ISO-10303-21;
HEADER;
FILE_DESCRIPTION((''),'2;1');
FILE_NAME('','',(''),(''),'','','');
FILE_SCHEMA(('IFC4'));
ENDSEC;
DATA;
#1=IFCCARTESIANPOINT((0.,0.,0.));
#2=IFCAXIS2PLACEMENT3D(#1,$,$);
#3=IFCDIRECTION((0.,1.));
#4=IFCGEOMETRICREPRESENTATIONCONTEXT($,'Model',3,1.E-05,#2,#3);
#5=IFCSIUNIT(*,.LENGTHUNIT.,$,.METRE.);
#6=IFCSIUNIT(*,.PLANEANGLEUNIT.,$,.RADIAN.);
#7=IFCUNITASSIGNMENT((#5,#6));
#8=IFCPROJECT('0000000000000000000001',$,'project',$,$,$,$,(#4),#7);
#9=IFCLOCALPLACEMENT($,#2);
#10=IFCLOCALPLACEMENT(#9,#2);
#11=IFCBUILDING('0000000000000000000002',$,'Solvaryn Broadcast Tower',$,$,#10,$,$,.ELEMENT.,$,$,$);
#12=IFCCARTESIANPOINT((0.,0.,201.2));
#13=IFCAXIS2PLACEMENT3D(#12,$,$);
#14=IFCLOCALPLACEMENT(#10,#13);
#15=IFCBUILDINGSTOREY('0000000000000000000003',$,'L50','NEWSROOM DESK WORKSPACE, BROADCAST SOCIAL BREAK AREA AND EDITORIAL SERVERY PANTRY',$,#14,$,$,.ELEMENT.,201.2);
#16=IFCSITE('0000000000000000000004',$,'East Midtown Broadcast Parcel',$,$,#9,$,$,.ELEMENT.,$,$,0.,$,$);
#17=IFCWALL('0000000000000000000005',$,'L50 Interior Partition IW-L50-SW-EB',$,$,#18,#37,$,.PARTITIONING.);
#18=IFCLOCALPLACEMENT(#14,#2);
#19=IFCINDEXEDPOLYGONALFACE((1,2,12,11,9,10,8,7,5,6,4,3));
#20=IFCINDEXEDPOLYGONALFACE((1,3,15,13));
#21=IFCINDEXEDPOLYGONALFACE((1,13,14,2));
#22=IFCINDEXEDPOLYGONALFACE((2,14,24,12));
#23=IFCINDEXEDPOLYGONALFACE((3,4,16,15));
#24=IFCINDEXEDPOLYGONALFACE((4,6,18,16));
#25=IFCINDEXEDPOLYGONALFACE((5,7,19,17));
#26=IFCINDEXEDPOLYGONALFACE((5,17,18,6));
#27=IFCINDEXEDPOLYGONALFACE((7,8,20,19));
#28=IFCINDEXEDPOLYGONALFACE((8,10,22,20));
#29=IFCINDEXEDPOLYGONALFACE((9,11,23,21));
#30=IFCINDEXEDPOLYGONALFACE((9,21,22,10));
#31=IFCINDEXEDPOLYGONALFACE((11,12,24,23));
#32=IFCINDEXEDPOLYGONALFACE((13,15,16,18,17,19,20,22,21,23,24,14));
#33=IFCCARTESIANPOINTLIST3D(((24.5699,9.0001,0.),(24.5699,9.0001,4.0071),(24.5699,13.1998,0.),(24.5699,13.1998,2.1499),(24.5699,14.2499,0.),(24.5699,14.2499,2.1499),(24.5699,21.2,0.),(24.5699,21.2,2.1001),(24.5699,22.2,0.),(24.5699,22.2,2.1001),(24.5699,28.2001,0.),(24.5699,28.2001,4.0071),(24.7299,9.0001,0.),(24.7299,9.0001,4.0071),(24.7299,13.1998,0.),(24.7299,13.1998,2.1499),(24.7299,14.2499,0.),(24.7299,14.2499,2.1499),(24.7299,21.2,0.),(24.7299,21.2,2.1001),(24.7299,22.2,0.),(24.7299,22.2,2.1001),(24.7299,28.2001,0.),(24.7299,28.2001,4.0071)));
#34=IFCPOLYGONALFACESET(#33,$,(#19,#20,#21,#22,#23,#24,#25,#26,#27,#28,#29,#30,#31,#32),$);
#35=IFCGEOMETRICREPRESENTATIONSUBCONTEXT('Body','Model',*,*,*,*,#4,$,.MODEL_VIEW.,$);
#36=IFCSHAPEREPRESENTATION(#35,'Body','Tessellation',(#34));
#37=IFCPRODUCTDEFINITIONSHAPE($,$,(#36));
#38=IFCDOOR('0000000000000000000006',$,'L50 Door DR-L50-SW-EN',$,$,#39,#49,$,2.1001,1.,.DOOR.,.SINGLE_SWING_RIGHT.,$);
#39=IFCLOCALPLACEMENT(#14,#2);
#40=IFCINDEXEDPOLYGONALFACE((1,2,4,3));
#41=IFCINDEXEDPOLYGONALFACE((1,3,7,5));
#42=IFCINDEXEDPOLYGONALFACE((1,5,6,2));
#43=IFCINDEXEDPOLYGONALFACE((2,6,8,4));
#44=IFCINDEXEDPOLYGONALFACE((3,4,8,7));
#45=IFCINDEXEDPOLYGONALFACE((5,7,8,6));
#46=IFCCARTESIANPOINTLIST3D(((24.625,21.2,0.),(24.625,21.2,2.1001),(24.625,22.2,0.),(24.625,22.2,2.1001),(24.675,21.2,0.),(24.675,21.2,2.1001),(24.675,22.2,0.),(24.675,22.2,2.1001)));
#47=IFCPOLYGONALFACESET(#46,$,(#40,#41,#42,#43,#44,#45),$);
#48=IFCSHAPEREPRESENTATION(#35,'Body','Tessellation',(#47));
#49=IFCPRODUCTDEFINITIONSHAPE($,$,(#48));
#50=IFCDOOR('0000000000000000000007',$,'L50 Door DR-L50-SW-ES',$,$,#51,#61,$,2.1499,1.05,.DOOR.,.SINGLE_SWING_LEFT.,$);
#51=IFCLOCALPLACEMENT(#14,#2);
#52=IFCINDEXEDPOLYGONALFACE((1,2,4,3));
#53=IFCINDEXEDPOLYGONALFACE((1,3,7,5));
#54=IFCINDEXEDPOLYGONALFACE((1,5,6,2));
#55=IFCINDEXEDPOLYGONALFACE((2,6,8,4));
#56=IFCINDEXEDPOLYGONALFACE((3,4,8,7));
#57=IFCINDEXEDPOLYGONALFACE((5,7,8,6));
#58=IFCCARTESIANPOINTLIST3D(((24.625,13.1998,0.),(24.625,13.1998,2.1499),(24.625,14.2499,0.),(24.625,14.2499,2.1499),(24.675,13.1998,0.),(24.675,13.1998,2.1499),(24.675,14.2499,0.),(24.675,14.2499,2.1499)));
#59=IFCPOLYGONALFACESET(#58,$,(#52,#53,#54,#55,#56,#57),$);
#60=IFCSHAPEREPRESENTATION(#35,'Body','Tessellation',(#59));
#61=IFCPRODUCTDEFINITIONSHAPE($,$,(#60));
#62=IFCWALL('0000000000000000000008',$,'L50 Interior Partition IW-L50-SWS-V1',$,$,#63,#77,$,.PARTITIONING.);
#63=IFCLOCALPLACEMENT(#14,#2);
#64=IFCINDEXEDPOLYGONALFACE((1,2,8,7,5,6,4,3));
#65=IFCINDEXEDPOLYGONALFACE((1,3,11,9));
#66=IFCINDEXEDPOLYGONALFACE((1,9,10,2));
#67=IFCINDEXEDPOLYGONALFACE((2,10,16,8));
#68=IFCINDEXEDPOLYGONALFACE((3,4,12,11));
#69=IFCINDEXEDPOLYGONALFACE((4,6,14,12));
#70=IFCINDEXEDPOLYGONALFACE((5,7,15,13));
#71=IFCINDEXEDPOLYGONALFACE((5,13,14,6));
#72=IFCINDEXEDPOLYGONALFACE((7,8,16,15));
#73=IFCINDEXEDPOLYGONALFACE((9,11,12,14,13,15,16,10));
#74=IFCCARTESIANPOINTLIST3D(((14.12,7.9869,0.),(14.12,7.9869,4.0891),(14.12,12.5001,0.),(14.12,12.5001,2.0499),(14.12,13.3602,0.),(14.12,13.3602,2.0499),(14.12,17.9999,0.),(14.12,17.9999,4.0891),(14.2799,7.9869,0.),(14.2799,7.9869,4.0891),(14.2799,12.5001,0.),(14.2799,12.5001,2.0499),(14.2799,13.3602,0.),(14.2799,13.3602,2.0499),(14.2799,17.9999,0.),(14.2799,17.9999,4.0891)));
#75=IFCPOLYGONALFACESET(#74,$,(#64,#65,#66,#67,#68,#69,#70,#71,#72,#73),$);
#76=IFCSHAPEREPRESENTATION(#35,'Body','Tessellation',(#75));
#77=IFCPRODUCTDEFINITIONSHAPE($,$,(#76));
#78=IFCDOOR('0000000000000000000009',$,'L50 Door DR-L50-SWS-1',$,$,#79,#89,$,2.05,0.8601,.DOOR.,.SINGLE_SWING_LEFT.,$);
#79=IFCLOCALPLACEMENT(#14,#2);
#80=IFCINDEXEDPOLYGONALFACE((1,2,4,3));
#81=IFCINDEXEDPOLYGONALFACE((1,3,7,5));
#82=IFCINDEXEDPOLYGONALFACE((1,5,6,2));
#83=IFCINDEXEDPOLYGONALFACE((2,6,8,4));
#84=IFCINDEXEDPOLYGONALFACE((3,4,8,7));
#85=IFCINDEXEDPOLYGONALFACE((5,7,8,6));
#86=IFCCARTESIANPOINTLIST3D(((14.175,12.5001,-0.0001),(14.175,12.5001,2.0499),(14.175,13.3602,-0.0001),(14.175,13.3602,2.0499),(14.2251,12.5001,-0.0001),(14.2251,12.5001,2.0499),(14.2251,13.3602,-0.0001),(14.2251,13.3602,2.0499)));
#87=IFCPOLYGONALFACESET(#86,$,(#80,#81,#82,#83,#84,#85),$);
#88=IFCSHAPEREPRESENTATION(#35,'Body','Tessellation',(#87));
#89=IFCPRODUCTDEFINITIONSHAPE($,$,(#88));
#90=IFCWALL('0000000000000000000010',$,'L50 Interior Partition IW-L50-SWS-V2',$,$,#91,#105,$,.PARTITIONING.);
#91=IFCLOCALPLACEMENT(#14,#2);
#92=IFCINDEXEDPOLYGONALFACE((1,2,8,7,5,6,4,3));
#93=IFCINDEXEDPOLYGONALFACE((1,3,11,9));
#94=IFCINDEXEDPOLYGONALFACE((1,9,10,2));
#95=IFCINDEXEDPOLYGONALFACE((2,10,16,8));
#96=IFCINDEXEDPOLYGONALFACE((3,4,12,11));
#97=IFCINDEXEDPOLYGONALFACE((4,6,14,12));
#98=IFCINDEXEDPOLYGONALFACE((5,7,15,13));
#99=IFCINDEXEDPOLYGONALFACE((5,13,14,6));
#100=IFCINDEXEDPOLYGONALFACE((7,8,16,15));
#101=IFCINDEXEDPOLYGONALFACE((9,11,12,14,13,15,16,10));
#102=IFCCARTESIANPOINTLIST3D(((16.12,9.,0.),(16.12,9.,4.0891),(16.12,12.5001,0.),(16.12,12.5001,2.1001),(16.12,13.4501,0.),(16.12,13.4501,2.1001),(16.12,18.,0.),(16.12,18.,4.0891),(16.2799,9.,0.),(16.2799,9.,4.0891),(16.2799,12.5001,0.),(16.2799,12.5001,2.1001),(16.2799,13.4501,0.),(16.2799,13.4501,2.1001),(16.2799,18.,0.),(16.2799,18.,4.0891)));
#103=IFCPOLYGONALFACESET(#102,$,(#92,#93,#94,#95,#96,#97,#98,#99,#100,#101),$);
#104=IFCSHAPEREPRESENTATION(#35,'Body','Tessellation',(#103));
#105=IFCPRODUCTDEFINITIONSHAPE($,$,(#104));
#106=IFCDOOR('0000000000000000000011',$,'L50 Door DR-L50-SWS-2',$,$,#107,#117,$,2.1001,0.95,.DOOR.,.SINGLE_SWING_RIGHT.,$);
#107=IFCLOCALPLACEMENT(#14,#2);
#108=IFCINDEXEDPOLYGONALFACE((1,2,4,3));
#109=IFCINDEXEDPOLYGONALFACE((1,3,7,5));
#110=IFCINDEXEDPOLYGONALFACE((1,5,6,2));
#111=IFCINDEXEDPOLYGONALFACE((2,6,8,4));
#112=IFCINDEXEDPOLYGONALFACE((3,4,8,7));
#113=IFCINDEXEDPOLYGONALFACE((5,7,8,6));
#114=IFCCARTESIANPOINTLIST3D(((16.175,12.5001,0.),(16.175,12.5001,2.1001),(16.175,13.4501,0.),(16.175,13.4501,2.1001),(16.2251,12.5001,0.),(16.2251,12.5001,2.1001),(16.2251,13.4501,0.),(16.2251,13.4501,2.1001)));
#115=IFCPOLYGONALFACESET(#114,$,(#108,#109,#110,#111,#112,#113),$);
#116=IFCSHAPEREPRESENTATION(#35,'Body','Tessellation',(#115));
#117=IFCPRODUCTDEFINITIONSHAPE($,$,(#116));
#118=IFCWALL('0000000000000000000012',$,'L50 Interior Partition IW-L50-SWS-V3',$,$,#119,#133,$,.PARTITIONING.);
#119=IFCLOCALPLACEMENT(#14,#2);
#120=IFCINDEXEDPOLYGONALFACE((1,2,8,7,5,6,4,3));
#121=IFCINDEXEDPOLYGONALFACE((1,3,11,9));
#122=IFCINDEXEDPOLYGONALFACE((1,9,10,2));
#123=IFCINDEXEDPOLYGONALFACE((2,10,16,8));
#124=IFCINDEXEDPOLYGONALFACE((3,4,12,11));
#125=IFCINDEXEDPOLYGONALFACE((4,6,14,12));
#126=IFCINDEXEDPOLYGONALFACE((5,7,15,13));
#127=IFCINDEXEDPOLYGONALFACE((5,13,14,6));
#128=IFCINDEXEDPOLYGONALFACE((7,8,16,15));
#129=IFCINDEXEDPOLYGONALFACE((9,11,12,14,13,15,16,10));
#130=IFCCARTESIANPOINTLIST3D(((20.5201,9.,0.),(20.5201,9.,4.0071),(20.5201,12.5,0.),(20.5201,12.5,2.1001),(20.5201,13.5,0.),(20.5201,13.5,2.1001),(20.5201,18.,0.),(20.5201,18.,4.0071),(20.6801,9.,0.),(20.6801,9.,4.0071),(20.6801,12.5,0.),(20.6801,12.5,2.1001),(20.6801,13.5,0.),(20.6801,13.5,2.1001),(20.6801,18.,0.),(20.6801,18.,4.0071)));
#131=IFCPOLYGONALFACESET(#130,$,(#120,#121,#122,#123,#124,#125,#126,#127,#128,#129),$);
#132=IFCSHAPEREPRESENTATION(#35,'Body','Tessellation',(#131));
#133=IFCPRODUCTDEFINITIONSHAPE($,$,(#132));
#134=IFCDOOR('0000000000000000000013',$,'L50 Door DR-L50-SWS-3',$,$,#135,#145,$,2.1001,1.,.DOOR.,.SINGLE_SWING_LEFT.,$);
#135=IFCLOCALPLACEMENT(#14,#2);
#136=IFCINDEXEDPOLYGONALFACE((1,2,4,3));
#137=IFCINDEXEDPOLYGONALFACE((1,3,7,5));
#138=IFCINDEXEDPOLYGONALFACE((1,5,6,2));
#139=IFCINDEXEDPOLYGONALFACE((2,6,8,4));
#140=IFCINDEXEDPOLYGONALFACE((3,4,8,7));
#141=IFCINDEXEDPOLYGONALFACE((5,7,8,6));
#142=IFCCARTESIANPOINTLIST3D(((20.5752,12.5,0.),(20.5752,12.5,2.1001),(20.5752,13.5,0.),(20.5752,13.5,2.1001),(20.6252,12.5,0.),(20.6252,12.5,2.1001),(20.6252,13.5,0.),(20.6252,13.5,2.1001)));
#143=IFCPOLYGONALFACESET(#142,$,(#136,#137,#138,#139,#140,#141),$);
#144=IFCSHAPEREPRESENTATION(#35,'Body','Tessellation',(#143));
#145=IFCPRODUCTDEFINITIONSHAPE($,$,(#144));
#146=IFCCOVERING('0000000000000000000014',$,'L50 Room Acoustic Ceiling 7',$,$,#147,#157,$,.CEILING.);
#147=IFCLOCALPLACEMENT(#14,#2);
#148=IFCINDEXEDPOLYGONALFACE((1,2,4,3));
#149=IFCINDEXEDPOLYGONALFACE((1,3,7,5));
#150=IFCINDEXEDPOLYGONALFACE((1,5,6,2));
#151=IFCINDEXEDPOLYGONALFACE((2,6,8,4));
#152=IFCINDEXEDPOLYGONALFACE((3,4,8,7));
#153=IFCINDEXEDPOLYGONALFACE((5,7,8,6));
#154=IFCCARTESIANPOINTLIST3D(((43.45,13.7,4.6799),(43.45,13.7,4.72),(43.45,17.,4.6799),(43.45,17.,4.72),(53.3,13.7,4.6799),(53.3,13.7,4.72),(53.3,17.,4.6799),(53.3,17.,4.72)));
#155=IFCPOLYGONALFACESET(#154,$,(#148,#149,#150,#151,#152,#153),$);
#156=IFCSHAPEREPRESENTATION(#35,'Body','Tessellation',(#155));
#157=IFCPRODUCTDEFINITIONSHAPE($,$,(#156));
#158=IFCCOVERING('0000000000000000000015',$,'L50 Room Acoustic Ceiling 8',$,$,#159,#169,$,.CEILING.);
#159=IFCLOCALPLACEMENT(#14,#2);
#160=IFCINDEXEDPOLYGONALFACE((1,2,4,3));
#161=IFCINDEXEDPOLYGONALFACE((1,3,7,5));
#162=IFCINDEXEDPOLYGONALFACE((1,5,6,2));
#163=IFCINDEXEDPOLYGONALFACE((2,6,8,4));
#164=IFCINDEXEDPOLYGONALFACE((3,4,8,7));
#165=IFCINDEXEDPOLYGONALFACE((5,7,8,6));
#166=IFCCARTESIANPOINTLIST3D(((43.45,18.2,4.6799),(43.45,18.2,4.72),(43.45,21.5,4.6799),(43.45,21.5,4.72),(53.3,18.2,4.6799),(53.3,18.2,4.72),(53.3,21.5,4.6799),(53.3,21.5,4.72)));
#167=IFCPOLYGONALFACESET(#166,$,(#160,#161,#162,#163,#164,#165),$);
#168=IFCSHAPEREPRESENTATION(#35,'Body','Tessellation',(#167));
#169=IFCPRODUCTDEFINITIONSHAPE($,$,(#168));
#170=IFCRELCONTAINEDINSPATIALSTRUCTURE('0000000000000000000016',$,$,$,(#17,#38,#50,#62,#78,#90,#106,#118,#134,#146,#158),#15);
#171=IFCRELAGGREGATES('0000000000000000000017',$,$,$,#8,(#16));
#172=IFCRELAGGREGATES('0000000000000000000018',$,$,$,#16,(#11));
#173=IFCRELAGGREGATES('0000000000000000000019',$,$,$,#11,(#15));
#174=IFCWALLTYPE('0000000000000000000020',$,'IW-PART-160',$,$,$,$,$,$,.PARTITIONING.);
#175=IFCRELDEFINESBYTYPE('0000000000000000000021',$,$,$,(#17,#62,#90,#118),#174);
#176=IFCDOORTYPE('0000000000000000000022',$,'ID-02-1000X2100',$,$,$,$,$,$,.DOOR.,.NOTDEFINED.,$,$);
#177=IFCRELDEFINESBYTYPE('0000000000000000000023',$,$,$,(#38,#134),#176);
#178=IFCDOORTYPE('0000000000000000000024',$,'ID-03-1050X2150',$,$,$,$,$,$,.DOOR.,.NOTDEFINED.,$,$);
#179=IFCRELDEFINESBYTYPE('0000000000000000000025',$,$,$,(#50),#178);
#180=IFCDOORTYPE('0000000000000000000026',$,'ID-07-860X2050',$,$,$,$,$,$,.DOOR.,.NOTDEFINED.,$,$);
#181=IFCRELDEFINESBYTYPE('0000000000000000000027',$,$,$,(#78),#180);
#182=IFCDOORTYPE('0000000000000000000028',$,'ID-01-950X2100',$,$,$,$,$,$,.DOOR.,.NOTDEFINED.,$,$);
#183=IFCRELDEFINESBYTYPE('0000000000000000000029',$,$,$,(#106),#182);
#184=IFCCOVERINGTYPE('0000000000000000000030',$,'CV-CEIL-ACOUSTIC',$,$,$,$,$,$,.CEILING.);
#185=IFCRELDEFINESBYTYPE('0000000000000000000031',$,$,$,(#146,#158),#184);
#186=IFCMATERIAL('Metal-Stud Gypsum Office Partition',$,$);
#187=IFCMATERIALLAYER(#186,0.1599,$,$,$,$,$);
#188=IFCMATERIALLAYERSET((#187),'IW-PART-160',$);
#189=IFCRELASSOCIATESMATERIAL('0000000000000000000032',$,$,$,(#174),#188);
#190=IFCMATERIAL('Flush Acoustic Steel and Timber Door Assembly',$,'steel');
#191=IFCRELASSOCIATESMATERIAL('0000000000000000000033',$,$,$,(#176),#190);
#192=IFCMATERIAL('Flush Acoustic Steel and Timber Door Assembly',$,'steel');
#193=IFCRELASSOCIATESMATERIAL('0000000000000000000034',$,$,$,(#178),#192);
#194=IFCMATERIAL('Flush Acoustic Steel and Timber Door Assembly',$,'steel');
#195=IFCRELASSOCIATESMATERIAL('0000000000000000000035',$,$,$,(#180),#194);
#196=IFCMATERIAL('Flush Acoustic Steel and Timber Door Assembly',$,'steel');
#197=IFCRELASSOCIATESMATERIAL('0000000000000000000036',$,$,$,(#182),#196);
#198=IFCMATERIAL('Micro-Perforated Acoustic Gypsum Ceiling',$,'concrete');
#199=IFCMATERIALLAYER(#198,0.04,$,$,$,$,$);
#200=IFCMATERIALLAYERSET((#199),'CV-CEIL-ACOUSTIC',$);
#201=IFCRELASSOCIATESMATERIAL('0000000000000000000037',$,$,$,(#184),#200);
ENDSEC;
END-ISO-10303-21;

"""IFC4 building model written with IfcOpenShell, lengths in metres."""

from ifc_helpers import new_model, si_unit, direction, frame, frame_2d, origin, place, context, subcontext, project, spatial, polyline, rectangle, outline, extrude, material, layer, layer_set, type_object, element, fill, save


model = new_model("IFC4")

# Units and contexts
model_context = context("Model", 3, precision=1e-05, world=origin(), true_north=direction((0.0, 1.0)))
body_context = subcontext(model_context, "Body", "Model", "MODEL_VIEW")
ifc_project = project(units=[si_unit("LENGTHUNIT", "METRE"), si_unit("PLANEANGLEUNIT", "RADIAN")], contexts=[model_context])

# Site, building, storey
site_placement = place(None, origin())
site = spatial("IfcSite", under=ifc_project, at=site_placement, Name="East Midtown Broadcast Parcel", CompositionType="ELEMENT", RefElevation=0.0)
building_placement = place(site_placement, origin())
building = spatial("IfcBuilding", under=site, at=building_placement, Name="Solvaryn Broadcast Tower", CompositionType="ELEMENT")
storey_placement = place(building_placement, frame((0.0, 0.0, 201.2)))
storey = spatial("IfcBuildingStorey", under=building, at=storey_placement, Name="L50", Description="NEWSROOM DESK WORKSPACE, BROADCAST SOCIAL BREAK AREA AND EDITORIAL SERVERY PANTRY", CompositionType="ELEMENT", Elevation=201.2)

# Wall, openings, doors
ifc_material_1 = material(Name="Metal-Stud Gypsum Office Partition")
ifc_layer_1 = layer(ifc_material_1, 0.1599)
ifc_layer_set_1 = layer_set([ifc_layer_1], Name="IW-PART-160")
wall_type = type_object("IfcWallType", Name="IW-PART-160", PredefinedType="PARTITIONING", material=ifc_layer_set_1)
wall_1_placement = place(storey_placement, frame((24.6499, 9.0, 0.0), z_axis=(0.0, 0.0, 1.0), x_axis=(0.0, 1.0, 0.0)))
wall_1 = element("IfcWall", 1, at=wall_1_placement, inside=storey, type_object=wall_type, Name="L50 Interior Partition IW-L50-SW-EB", PredefinedType="PARTITIONING", context=body_context, shape_type="SweptSolid", body=[
    extrude(rectangle(XDim=19.2, YDim=0.1599, at=frame_2d((9.6001, 0.0))), origin(), (0.0, 0.0, 1.0), 4.0071),
])
opening_1_placement = place(wall_1_placement, frame((12.2, 0.0, 0.0)))
opening_1 = element("IfcOpeningElement", 2, at=opening_1_placement, cuts=wall_1, PredefinedType="OPENING", context=body_context, shape_type="SweptSolid", body=[
    extrude(rectangle(XDim=1.0, YDim=2.1001, at=frame_2d((0.5, 1.05))), frame((0.0, 0.0901, 0.0), z_axis=(0.0, -1.0, 0.0), x_axis=(1.0, 0.0, 0.0)), (0.0, 0.0, 1.0), 0.1799),
])
opening_2_placement = place(wall_1_placement, frame((4.2, 0.0, 0.0)))
opening_2 = element("IfcOpeningElement", 3, at=opening_2_placement, cuts=wall_1, PredefinedType="OPENING", context=body_context, shape_type="SweptSolid", body=[
    extrude(rectangle(XDim=1.05, YDim=2.1499, at=frame_2d((0.5249, 1.075))), frame((0.0, 0.0901, 0.0), z_axis=(0.0, -1.0, 0.0), x_axis=(1.0, 0.0, 0.0)), (0.0, 0.0, 1.0), 0.1799),
])
ifc_material_2 = material(Name="Flush Acoustic Steel and Timber Door Assembly", Category="steel")
door_type_1 = type_object("IfcDoorType", Name="ID-02-1000X2100", OperationType="NOTDEFINED", PredefinedType="DOOR", material=ifc_material_2)
door_1_placement = place(opening_1_placement, origin())
door_1 = element("IfcDoor", 4, at=door_1_placement, inside=storey, type_object=door_type_1, Name="L50 Door DR-L50-SW-EN", OperationType="SINGLE_SWING_RIGHT", OverallHeight=2.1001, OverallWidth=1.0, PredefinedType="DOOR", context=body_context, shape_type="SweptSolid", body=[
    extrude(rectangle(XDim=1.0, YDim=2.1001, at=frame_2d((0.5, 1.05))), frame((0.0, 0.0249, 0.0), z_axis=(0.0, -1.0, 0.0), x_axis=(1.0, 0.0, 0.0)), (0.0, 0.0, 1.0), 0.05),
])
fill(opening_1, door_1)
ifc_material_3 = material(Name="Flush Acoustic Steel and Timber Door Assembly", Category="steel")
door_type_2 = type_object("IfcDoorType", Name="ID-03-1050X2150", OperationType="NOTDEFINED", PredefinedType="DOOR", material=ifc_material_3)
door_2_placement = place(opening_2_placement, origin())
door_2 = element("IfcDoor", 5, at=door_2_placement, inside=storey, type_object=door_type_2, Name="L50 Door DR-L50-SW-ES", OperationType="SINGLE_SWING_LEFT", OverallHeight=2.1499, OverallWidth=1.05, PredefinedType="DOOR", context=body_context, shape_type="SweptSolid", body=[
    extrude(rectangle(XDim=1.05, YDim=2.1499, at=frame_2d((0.5249, 1.075))), frame((0.0, 0.0249, 0.0), z_axis=(0.0, -1.0, 0.0), x_axis=(1.0, 0.0, 0.0)), (0.0, 0.0, 1.0), 0.05),
])
fill(opening_2, door_2)

# Walls, openings, doors
wall_2_placement = place(storey_placement, frame((14.2, 7.9871, 0.0), z_axis=(0.0, 0.0, 1.0), x_axis=(0.0, 1.0, 0.0)))
wall_2 = element("IfcWall", 6, at=wall_2_placement, inside=storey, type_object=wall_type, Name="L50 Interior Partition IW-L50-SWS-V1", PredefinedType="PARTITIONING", context=body_context, shape_type="SweptSolid", body=[
    extrude(rectangle(XDim=10.0129, YDim=0.1599, at=frame_2d((5.0063, 0.0))), origin(), (0.0, 0.0, 1.0), 4.0891),
])
opening_3_placement = place(wall_2_placement, frame((4.5129, 0.0, 0.0)))
opening_3 = element("IfcOpeningElement", 7, at=opening_3_placement, cuts=wall_2, PredefinedType="OPENING", context=body_context, shape_type="SweptSolid", body=[
    extrude(rectangle(XDim=0.8601, YDim=2.05, at=frame_2d((0.4302, 1.0249))), frame((0.0, 0.0901, 0.0), z_axis=(0.0, -1.0, 0.0), x_axis=(1.0, 0.0, 0.0)), (0.0, 0.0, 1.0), 0.1799),
])
ifc_material_4 = material(Name="Flush Acoustic Steel and Timber Door Assembly", Category="steel")
door_type_3 = type_object("IfcDoorType", Name="ID-07-860X2050", OperationType="NOTDEFINED", PredefinedType="DOOR", material=ifc_material_4)
door_3_placement = place(opening_3_placement, origin())
door_3 = element("IfcDoor", 8, at=door_3_placement, inside=storey, type_object=door_type_3, Name="L50 Door DR-L50-SWS-1", OperationType="SINGLE_SWING_LEFT", OverallHeight=2.05, OverallWidth=0.8601, PredefinedType="DOOR", context=body_context, shape_type="SweptSolid", body=[
    extrude(rectangle(XDim=0.8601, YDim=2.05, at=frame_2d((0.4302, 1.0249))), frame((0.0, 0.0249, 0.0), z_axis=(0.0, -1.0, 0.0), x_axis=(1.0, 0.0, 0.0)), (0.0, 0.0, 1.0), 0.05),
])
fill(opening_3, door_3)
wall_3_placement = place(storey_placement, frame((16.2, 9.0, 0.0), z_axis=(0.0, 0.0, 1.0), x_axis=(0.0, 1.0, 0.0)))
wall_3 = element("IfcWall", 9, at=wall_3_placement, inside=storey, type_object=wall_type, Name="L50 Interior Partition IW-L50-SWS-V2", PredefinedType="PARTITIONING", context=body_context, shape_type="SweptSolid", body=[
    extrude(rectangle(XDim=9.0, YDim=0.1599, at=frame_2d((4.5, 0.0))), origin(), (0.0, 0.0, 1.0), 4.0891),
])
opening_4_placement = place(wall_3_placement, frame((3.5, 0.0, 0.0)))
opening_4 = element("IfcOpeningElement", 10, at=opening_4_placement, cuts=wall_3, PredefinedType="OPENING", context=body_context, shape_type="SweptSolid", body=[
    extrude(rectangle(XDim=0.95, YDim=2.1001, at=frame_2d((0.4751, 1.05))), frame((0.0, 0.0901, 0.0), z_axis=(0.0, -1.0, 0.0), x_axis=(1.0, 0.0, 0.0)), (0.0, 0.0, 1.0), 0.1799),
])
ifc_material_5 = material(Name="Flush Acoustic Steel and Timber Door Assembly", Category="steel")
door_type_4 = type_object("IfcDoorType", Name="ID-01-950X2100", OperationType="NOTDEFINED", PredefinedType="DOOR", material=ifc_material_5)
door_4_placement = place(opening_4_placement, origin())
door_4 = element("IfcDoor", 11, at=door_4_placement, inside=storey, type_object=door_type_4, Name="L50 Door DR-L50-SWS-2", OperationType="SINGLE_SWING_RIGHT", OverallHeight=2.1001, OverallWidth=0.95, PredefinedType="DOOR", context=body_context, shape_type="SweptSolid", body=[
    extrude(rectangle(XDim=0.95, YDim=2.1001, at=frame_2d((0.4751, 1.05))), frame((0.0, 0.0249, 0.0), z_axis=(0.0, -1.0, 0.0), x_axis=(1.0, 0.0, 0.0)), (0.0, 0.0, 1.0), 0.05),
])
fill(opening_4, door_4)
wall_4_placement = place(storey_placement, frame((20.6001, 9.0, 0.0), z_axis=(0.0, 0.0, 1.0), x_axis=(0.0, 1.0, 0.0)))
wall_4 = element("IfcWall", 12, at=wall_4_placement, inside=storey, type_object=wall_type, Name="L50 Interior Partition IW-L50-SWS-V3", PredefinedType="PARTITIONING", context=body_context, shape_type="SweptSolid", body=[
    extrude(rectangle(XDim=9.0, YDim=0.1599, at=frame_2d((4.5, 0.0))), origin(), (0.0, 0.0, 1.0), 4.0071),
])
opening_5_placement = place(wall_4_placement, frame((3.5, 0.0, 0.0)))
opening_5 = element("IfcOpeningElement", 13, at=opening_5_placement, cuts=wall_4, PredefinedType="OPENING", context=body_context, shape_type="SweptSolid", body=[
    extrude(rectangle(XDim=1.0, YDim=2.1001, at=frame_2d((0.5, 1.05))), frame((0.0, 0.0901, 0.0), z_axis=(0.0, -1.0, 0.0), x_axis=(1.0, 0.0, 0.0)), (0.0, 0.0, 1.0), 0.1799),
])
door_5_placement = place(opening_5_placement, origin())
door_5 = element("IfcDoor", 14, at=door_5_placement, inside=storey, type_object=door_type_1, Name="L50 Door DR-L50-SWS-3", OperationType="SINGLE_SWING_LEFT", OverallHeight=2.1001, OverallWidth=1.0, PredefinedType="DOOR", context=body_context, shape_type="SweptSolid", body=[
    extrude(rectangle(XDim=1.0, YDim=2.1001, at=frame_2d((0.5, 1.05))), frame((0.0, 0.0249, 0.0), z_axis=(0.0, -1.0, 0.0), x_axis=(1.0, 0.0, 0.0)), (0.0, 0.0, 1.0), 0.05),
])
fill(opening_5, door_5)

# Coverings
ifc_material_6 = material(Name="Micro-Perforated Acoustic Gypsum Ceiling", Category="concrete")
ifc_layer_2 = layer(ifc_material_6, 0.04)
ifc_layer_set_2 = layer_set([ifc_layer_2], Name="CV-CEIL-ACOUSTIC")
covering_type_1 = type_object("IfcCoveringType", Name="CV-CEIL-ACOUSTIC", PredefinedType="CEILING", material=ifc_layer_set_2)
covering_1_placement = place(storey_placement, frame((0.0, 0.0, 4.6799)))
element("IfcCovering", 15, at=covering_1_placement, inside=storey, type_object=covering_type_1, Name="L50 Room Acoustic Ceiling 7", PredefinedType="CEILING", context=body_context, shape_type="SweptSolid", body=[
    extrude(outline(polyline([(43.45, 13.7), (53.3, 13.7), (53.3, 17.0), (43.45, 17.0), (43.45, 13.7)])), origin(), (0.0, 0.0, 1.0), 0.04),
])
covering_2_placement = place(storey_placement, frame((0.0, 0.0, 4.6799)))
element("IfcCovering", 16, at=covering_2_placement, inside=storey, type_object=covering_type_1, Name="L50 Room Acoustic Ceiling 8", PredefinedType="CEILING", context=body_context, shape_type="SweptSolid", body=[
    extrude(outline(polyline([(43.45, 18.2), (53.3, 18.2), (53.3, 21.5), (43.45, 21.5), (43.45, 18.2)])), origin(), (0.0, 0.0, 1.0), 0.04),
])

save(model, "model.ifc")
